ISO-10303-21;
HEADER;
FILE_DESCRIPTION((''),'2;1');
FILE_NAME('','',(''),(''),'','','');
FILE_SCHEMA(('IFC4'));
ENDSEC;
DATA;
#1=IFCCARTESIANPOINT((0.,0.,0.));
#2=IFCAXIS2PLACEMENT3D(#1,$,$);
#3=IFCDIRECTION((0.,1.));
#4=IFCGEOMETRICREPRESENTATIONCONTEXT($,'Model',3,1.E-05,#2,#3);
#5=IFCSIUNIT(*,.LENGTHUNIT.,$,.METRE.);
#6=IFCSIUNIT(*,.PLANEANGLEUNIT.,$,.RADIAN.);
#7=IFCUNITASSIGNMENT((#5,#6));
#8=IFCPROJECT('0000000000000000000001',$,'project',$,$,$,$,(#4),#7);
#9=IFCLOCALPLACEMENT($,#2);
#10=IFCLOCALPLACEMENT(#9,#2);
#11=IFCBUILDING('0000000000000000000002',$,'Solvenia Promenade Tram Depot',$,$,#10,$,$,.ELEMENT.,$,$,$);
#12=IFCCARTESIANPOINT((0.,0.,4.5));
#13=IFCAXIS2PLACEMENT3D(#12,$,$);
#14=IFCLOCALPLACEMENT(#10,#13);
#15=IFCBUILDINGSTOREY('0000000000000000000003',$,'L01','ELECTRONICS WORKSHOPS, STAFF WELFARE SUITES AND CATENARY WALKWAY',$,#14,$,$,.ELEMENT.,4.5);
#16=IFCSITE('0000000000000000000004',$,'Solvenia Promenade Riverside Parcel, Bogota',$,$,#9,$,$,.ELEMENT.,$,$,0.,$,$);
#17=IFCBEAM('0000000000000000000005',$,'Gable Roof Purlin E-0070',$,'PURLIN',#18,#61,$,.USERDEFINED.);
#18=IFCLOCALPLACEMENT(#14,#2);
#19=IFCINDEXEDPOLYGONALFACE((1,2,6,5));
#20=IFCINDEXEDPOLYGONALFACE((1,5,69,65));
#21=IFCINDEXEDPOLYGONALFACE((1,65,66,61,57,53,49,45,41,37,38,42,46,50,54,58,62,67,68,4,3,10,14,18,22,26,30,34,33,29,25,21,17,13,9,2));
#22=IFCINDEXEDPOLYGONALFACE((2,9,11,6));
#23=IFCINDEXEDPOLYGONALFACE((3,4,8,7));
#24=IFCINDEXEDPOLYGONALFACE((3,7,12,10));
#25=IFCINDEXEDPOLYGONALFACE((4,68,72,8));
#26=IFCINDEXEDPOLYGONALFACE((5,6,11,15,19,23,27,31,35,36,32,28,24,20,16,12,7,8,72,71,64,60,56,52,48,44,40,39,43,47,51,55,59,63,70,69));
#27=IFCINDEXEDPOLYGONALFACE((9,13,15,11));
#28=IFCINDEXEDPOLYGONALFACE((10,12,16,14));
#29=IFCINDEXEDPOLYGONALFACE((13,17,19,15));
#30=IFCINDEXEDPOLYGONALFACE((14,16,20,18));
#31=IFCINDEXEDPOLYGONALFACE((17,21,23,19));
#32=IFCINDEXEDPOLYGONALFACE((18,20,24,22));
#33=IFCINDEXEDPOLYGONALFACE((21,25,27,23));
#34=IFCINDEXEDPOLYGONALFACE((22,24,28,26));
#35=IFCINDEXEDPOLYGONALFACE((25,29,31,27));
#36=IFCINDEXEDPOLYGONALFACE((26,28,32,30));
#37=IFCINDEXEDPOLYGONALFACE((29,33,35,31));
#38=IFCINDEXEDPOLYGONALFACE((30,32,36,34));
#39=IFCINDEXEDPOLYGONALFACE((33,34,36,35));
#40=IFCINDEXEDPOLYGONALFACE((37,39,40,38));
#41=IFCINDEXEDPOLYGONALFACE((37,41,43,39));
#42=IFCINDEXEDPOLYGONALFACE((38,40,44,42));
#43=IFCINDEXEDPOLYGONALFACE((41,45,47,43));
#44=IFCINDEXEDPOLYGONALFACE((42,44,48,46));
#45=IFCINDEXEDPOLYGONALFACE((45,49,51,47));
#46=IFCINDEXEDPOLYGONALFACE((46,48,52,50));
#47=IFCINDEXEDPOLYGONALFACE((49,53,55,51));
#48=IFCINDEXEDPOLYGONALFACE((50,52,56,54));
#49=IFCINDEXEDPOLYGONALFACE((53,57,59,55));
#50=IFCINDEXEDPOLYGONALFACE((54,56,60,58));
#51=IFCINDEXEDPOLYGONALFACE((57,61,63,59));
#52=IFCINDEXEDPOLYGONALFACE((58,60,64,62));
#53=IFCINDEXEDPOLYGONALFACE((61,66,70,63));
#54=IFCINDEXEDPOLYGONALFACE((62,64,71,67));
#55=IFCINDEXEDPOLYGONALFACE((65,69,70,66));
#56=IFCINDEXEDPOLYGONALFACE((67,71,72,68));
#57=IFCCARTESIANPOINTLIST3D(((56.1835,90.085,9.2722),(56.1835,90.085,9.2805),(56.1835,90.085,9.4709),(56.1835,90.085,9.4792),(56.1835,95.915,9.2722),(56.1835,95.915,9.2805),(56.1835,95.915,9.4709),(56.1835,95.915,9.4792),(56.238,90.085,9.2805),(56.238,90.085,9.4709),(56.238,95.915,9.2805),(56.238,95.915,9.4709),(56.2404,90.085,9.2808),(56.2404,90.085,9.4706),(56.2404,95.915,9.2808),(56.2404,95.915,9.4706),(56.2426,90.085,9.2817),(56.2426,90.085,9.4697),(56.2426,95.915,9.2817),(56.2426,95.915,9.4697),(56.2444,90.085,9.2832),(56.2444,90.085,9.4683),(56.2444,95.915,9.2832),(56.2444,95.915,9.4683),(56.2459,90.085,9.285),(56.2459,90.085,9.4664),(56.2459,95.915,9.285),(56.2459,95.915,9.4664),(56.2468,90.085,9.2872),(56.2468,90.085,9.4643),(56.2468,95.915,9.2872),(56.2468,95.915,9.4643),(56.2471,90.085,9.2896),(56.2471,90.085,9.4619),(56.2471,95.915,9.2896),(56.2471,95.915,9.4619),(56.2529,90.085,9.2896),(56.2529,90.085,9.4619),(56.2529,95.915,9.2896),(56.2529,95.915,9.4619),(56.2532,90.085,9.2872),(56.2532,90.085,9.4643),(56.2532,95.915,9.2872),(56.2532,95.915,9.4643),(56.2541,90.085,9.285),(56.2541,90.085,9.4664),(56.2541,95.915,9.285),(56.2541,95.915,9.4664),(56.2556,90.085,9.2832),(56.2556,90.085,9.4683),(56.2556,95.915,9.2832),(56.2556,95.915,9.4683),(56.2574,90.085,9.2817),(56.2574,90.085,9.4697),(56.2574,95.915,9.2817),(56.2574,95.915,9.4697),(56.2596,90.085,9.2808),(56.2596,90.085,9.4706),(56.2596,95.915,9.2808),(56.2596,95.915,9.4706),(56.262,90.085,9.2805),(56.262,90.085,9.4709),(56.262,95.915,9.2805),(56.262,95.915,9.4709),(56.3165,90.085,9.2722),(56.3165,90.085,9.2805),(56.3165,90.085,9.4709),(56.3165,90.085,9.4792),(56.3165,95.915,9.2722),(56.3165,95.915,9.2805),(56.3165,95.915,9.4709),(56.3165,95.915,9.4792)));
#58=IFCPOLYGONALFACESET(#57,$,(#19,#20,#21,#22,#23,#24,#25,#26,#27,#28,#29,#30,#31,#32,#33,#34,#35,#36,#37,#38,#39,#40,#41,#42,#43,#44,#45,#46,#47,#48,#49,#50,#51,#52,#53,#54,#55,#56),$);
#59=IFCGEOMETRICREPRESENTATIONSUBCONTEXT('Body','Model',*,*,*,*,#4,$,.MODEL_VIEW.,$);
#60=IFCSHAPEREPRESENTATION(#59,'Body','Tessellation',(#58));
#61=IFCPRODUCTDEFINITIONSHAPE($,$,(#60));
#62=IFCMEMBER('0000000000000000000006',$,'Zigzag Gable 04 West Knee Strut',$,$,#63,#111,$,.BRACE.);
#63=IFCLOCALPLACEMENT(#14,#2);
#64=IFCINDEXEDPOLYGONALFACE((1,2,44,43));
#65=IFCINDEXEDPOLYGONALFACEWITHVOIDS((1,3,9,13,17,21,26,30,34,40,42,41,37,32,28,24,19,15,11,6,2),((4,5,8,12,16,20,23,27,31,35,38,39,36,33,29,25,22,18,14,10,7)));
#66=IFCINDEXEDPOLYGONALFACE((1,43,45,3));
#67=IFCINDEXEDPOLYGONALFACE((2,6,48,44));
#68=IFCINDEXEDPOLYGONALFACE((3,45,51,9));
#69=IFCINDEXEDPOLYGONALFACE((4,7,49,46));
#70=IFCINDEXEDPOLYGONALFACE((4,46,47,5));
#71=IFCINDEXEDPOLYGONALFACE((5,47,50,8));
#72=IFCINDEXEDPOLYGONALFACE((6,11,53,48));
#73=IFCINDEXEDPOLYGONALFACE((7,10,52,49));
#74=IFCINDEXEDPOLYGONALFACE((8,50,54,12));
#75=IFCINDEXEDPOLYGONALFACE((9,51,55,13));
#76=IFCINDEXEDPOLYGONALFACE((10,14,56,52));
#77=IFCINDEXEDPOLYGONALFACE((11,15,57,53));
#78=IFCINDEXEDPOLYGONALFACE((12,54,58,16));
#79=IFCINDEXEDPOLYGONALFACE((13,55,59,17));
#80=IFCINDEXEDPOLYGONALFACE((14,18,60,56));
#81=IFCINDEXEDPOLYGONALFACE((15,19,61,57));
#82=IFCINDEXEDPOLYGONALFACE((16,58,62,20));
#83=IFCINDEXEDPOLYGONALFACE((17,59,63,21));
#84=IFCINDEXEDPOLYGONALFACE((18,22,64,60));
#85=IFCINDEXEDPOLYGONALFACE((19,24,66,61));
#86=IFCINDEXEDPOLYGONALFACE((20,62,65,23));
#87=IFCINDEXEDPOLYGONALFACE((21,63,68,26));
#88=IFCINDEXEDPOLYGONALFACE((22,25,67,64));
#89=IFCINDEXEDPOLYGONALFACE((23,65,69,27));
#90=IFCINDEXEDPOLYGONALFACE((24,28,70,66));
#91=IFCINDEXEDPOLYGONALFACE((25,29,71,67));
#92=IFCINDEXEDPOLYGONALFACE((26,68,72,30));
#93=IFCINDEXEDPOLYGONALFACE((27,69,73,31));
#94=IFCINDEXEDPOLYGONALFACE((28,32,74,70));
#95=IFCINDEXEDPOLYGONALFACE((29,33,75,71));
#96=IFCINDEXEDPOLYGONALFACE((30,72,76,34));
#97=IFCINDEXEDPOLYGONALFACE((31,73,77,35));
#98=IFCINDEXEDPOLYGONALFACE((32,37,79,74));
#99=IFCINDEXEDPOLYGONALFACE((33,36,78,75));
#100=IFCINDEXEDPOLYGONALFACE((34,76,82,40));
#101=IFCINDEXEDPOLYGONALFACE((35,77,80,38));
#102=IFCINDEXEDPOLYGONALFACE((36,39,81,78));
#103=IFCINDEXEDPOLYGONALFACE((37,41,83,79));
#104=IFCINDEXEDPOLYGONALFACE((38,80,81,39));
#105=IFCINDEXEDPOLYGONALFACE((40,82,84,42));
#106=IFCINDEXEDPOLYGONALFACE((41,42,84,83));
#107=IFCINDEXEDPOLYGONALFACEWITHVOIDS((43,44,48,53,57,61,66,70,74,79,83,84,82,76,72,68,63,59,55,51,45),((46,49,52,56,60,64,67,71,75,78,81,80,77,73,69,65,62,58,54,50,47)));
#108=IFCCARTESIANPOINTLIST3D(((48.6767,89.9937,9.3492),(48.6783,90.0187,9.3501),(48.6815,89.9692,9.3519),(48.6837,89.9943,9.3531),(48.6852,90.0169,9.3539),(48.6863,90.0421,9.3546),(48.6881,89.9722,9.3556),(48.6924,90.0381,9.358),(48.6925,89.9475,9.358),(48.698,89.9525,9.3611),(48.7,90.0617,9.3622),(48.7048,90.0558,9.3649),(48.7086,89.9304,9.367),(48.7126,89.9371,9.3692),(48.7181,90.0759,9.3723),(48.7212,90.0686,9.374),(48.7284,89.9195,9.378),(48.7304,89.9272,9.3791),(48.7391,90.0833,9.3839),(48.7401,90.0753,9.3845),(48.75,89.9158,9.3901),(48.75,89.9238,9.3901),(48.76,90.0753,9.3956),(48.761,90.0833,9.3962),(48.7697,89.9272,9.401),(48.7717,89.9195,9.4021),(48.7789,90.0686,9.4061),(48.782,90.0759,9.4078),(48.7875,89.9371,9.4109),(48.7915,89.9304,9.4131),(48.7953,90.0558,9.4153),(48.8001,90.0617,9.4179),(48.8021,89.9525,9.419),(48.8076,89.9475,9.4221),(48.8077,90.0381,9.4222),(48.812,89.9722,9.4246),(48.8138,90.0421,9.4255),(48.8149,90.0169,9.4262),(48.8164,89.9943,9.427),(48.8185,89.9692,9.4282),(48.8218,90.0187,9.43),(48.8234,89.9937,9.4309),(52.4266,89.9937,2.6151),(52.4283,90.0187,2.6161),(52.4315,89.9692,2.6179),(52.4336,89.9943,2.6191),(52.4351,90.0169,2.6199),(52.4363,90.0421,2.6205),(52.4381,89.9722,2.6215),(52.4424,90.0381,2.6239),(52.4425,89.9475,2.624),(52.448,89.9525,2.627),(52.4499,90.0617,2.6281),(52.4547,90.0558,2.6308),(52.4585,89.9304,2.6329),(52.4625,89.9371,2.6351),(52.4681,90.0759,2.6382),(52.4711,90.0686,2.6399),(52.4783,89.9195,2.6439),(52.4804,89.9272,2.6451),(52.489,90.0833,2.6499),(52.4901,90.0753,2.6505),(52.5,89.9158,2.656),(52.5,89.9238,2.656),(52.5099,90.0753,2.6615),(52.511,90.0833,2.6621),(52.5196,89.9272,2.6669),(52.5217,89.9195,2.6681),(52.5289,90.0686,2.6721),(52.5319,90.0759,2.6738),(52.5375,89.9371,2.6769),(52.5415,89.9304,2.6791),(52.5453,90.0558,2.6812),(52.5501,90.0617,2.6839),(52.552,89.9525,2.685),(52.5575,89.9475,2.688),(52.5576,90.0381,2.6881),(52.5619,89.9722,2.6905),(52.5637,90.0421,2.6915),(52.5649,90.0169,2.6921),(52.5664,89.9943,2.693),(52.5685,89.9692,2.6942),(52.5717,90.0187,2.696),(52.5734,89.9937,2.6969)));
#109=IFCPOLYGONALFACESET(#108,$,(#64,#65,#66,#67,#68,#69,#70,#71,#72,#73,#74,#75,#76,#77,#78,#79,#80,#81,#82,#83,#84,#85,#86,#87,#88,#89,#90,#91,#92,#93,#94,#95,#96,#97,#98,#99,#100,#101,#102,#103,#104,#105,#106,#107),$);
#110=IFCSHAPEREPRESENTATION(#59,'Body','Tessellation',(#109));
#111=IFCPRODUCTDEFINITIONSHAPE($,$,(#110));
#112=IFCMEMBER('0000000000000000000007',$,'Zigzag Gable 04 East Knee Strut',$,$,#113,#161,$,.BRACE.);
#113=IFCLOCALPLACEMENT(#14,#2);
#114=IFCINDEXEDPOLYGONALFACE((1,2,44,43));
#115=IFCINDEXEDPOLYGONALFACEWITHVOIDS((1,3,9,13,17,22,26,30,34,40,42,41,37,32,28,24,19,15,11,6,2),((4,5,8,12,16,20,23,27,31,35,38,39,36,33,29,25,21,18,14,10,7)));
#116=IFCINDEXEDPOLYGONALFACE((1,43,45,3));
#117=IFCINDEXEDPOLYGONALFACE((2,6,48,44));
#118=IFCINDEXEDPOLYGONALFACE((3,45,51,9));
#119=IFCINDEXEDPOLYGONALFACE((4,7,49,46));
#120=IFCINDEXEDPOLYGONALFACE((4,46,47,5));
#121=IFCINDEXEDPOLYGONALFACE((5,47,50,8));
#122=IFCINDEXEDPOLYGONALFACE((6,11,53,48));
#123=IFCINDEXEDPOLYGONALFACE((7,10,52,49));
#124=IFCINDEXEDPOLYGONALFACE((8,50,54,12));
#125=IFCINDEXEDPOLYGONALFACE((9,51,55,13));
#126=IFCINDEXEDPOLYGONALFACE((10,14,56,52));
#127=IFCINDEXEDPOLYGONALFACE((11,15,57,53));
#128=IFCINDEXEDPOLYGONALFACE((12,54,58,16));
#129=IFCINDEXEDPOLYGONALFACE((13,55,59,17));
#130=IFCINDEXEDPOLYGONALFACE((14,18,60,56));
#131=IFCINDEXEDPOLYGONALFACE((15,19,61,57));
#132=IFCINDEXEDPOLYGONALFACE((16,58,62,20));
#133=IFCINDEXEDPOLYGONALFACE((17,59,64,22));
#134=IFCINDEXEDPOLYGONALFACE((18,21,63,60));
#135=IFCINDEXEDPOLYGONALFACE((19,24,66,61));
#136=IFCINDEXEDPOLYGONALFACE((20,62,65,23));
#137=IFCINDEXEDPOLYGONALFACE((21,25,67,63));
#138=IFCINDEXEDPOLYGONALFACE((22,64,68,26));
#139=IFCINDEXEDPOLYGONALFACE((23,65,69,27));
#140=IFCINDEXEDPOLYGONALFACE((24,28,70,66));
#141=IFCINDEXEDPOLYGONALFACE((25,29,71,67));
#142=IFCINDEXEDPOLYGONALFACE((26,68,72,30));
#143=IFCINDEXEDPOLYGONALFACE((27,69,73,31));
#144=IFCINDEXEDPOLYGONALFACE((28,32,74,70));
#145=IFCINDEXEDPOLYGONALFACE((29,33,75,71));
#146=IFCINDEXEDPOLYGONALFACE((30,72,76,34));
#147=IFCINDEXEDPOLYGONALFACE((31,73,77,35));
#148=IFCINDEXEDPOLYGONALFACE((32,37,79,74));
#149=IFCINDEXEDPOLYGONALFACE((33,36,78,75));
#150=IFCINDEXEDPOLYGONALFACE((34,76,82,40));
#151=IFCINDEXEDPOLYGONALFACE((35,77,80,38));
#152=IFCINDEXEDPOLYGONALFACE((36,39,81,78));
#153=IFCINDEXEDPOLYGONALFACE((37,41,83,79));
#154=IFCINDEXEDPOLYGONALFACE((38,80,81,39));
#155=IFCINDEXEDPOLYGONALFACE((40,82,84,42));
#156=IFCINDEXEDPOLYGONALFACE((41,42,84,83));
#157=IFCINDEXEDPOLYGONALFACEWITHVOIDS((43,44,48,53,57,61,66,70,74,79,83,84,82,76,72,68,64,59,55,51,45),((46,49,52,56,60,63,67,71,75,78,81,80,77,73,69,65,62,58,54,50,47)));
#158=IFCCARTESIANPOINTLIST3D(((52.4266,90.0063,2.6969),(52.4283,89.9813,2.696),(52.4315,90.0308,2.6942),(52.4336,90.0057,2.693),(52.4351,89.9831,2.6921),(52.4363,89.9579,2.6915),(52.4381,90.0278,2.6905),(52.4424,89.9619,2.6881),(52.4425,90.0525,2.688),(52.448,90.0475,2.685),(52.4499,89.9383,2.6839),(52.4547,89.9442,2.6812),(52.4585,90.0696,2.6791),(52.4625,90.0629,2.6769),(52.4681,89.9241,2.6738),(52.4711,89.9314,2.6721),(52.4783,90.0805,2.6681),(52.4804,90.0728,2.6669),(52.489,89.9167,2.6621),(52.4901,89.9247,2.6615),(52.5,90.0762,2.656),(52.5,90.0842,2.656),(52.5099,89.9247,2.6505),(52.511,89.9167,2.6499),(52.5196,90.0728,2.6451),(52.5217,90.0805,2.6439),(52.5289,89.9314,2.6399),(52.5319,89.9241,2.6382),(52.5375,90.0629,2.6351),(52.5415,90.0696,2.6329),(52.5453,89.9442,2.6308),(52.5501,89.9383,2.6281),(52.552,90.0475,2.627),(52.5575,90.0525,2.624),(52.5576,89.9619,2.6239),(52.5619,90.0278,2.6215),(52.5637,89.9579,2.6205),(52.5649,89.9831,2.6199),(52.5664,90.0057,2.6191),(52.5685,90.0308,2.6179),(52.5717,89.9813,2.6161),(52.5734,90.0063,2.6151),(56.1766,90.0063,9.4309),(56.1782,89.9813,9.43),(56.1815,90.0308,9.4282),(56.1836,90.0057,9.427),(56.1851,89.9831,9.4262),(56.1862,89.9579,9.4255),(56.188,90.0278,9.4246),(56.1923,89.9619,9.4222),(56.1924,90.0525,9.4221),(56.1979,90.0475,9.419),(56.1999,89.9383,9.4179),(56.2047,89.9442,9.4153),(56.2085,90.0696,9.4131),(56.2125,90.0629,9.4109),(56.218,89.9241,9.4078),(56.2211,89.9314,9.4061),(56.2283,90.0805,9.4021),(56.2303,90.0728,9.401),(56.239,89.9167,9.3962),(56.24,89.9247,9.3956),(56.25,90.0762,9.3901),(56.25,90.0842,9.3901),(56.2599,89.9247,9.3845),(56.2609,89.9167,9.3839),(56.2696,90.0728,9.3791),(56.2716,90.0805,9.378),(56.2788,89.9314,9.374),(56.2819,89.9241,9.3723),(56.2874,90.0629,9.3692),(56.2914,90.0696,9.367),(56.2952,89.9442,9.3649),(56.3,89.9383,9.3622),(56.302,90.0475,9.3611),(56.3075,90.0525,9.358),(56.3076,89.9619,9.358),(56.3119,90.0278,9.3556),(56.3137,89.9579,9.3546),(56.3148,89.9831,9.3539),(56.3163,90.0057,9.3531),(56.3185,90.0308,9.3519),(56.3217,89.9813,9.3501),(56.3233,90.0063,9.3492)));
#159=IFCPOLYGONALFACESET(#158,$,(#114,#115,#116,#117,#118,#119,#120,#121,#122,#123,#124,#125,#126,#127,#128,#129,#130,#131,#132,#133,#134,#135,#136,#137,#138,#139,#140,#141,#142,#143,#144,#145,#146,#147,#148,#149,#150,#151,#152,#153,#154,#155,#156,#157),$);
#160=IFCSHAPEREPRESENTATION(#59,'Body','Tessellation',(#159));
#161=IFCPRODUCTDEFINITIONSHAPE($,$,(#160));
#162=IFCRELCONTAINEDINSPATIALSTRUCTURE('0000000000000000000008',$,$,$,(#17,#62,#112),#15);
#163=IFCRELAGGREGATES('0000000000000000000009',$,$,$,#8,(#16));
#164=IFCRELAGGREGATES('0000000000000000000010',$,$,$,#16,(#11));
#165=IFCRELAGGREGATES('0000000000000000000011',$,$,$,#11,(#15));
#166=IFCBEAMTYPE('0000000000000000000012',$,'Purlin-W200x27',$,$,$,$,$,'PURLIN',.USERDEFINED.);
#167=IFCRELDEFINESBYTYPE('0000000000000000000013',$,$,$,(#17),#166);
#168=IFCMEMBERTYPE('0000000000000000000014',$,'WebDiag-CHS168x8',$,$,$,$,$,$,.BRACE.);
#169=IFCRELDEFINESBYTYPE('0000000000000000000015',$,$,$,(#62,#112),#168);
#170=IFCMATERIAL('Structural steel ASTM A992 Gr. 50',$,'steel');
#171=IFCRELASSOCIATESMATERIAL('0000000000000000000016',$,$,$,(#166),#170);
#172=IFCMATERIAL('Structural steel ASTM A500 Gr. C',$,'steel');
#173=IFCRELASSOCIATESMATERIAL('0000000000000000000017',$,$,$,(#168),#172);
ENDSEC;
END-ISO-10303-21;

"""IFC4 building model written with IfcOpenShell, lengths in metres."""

from ifc_helpers import new_model, si_unit, direction, frame, origin, origin_2d, place, context, subcontext, project, spatial, hollow_circle, i_section, extrude, material, material_profile, profile_set, type_object, element, save


model = new_model("IFC4")

# Units and contexts
model_context = context("Model", 3, precision=1e-05, world=origin(), true_north=direction((0.0, 1.0)))
body_context = subcontext(model_context, "Body", "Model", "MODEL_VIEW")
ifc_project = project(units=[si_unit("LENGTHUNIT", "METRE"), si_unit("PLANEANGLEUNIT", "RADIAN")], contexts=[model_context])

# Site, building, storey
site_placement = place(None, origin())
site = spatial("IfcSite", under=ifc_project, at=site_placement, Name="Solvenia Promenade Riverside Parcel, Bogota", CompositionType="ELEMENT", RefElevation=0.0)
building_placement = place(site_placement, origin())
building = spatial("IfcBuilding", under=site, at=building_placement, Name="Solvenia Promenade Tram Depot", CompositionType="ELEMENT")
storey_placement = place(building_placement, frame((0.0, 0.0, 4.5)))
storey = spatial("IfcBuildingStorey", under=building, at=storey_placement, Name="L01", Description="ELECTRONICS WORKSHOPS, STAFF WELFARE SUITES AND CATENARY WALKWAY", CompositionType="ELEMENT", Elevation=4.5)

# Shared definitions
ifc_material_1 = material(Name="Structural steel ASTM A500 Gr. C", Category="steel")

# Beam
ifc_material_2 = material(Name="Structural steel ASTM A992 Gr. 50", Category="steel")
ifc_material_profile_1 = material_profile(ifc_material_2, i_section(OverallWidth=0.1331, OverallDepth=0.207, WebThickness=0.0059, FlangeThickness=0.0083, FilletRadius=0.009, at=origin_2d()), Name="W200x27", Category="steel")
ifc_profile_set_1 = profile_set([ifc_material_profile_1], Name="Structural steel ASTM A992 Gr. 50")
beam_type = type_object("IfcBeamType", Name="Purlin-W200x27", ElementType="PURLIN", PredefinedType="USERDEFINED", material=ifc_profile_set_1)
for number, where, z_axis, x_axis, name in (
    (1, (56.25, 90.085, 9.3757), (0.0, 1.0, 0.0), (-1.0, 0.0, 0.0), "Gable Roof Purlin E-0070"),
):
    element("IfcBeam", number, at=place(storey_placement, frame(where, z_axis=z_axis, x_axis=x_axis)), inside=storey, type_object=beam_type, Name=name, ObjectType="PURLIN", PredefinedType="USERDEFINED", context=body_context, shape_type="SweptSolid", body=[
        extrude(i_section(OverallWidth=0.1331, OverallDepth=0.207, WebThickness=0.0059, FlangeThickness=0.0083, FilletRadius=0.009, at=origin_2d()), origin(), (0.0, 0.0, 1.0), 5.8301),
    ])

# Members
ifc_material_profile_2 = material_profile(ifc_material_1, hollow_circle(Radius=0.0842, WallThickness=0.0081, at=origin_2d()), Name="CHS168.3x8", Category="steel")
ifc_profile_set_2 = profile_set([ifc_material_profile_2], Name="Structural steel ASTM A500 Gr. C")
member_type_1 = type_object("IfcMemberType", Name="WebDiag-CHS168x8", PredefinedType="BRACE", material=ifc_profile_set_2)
for number, where, z_axis, x_axis, name in (
    (2, (52.5, 90.0, 2.656), (-0.486517, 0.0, 0.873671), (0.0, -1.0, 0.0), "Zigzag Gable 04 West Knee Strut"),
    (3, (52.5, 90.0, 2.656), (0.486517, 0.0, 0.873671), (0.0, 1.0, 0.0), "Zigzag Gable 04 East Knee Strut"),
):
    element("IfcMember", number, at=place(storey_placement, frame(where, z_axis=z_axis, x_axis=x_axis)), inside=storey, type_object=member_type_1, Name=name, PredefinedType="BRACE", context=body_context, shape_type="SweptSolid", body=[
        extrude(hollow_circle(Radius=0.0842, WallThickness=0.0081, at=origin_2d()), origin(), (0.0, 0.0, 1.0), 7.7078),
    ])

save(model, "model.ifc")
